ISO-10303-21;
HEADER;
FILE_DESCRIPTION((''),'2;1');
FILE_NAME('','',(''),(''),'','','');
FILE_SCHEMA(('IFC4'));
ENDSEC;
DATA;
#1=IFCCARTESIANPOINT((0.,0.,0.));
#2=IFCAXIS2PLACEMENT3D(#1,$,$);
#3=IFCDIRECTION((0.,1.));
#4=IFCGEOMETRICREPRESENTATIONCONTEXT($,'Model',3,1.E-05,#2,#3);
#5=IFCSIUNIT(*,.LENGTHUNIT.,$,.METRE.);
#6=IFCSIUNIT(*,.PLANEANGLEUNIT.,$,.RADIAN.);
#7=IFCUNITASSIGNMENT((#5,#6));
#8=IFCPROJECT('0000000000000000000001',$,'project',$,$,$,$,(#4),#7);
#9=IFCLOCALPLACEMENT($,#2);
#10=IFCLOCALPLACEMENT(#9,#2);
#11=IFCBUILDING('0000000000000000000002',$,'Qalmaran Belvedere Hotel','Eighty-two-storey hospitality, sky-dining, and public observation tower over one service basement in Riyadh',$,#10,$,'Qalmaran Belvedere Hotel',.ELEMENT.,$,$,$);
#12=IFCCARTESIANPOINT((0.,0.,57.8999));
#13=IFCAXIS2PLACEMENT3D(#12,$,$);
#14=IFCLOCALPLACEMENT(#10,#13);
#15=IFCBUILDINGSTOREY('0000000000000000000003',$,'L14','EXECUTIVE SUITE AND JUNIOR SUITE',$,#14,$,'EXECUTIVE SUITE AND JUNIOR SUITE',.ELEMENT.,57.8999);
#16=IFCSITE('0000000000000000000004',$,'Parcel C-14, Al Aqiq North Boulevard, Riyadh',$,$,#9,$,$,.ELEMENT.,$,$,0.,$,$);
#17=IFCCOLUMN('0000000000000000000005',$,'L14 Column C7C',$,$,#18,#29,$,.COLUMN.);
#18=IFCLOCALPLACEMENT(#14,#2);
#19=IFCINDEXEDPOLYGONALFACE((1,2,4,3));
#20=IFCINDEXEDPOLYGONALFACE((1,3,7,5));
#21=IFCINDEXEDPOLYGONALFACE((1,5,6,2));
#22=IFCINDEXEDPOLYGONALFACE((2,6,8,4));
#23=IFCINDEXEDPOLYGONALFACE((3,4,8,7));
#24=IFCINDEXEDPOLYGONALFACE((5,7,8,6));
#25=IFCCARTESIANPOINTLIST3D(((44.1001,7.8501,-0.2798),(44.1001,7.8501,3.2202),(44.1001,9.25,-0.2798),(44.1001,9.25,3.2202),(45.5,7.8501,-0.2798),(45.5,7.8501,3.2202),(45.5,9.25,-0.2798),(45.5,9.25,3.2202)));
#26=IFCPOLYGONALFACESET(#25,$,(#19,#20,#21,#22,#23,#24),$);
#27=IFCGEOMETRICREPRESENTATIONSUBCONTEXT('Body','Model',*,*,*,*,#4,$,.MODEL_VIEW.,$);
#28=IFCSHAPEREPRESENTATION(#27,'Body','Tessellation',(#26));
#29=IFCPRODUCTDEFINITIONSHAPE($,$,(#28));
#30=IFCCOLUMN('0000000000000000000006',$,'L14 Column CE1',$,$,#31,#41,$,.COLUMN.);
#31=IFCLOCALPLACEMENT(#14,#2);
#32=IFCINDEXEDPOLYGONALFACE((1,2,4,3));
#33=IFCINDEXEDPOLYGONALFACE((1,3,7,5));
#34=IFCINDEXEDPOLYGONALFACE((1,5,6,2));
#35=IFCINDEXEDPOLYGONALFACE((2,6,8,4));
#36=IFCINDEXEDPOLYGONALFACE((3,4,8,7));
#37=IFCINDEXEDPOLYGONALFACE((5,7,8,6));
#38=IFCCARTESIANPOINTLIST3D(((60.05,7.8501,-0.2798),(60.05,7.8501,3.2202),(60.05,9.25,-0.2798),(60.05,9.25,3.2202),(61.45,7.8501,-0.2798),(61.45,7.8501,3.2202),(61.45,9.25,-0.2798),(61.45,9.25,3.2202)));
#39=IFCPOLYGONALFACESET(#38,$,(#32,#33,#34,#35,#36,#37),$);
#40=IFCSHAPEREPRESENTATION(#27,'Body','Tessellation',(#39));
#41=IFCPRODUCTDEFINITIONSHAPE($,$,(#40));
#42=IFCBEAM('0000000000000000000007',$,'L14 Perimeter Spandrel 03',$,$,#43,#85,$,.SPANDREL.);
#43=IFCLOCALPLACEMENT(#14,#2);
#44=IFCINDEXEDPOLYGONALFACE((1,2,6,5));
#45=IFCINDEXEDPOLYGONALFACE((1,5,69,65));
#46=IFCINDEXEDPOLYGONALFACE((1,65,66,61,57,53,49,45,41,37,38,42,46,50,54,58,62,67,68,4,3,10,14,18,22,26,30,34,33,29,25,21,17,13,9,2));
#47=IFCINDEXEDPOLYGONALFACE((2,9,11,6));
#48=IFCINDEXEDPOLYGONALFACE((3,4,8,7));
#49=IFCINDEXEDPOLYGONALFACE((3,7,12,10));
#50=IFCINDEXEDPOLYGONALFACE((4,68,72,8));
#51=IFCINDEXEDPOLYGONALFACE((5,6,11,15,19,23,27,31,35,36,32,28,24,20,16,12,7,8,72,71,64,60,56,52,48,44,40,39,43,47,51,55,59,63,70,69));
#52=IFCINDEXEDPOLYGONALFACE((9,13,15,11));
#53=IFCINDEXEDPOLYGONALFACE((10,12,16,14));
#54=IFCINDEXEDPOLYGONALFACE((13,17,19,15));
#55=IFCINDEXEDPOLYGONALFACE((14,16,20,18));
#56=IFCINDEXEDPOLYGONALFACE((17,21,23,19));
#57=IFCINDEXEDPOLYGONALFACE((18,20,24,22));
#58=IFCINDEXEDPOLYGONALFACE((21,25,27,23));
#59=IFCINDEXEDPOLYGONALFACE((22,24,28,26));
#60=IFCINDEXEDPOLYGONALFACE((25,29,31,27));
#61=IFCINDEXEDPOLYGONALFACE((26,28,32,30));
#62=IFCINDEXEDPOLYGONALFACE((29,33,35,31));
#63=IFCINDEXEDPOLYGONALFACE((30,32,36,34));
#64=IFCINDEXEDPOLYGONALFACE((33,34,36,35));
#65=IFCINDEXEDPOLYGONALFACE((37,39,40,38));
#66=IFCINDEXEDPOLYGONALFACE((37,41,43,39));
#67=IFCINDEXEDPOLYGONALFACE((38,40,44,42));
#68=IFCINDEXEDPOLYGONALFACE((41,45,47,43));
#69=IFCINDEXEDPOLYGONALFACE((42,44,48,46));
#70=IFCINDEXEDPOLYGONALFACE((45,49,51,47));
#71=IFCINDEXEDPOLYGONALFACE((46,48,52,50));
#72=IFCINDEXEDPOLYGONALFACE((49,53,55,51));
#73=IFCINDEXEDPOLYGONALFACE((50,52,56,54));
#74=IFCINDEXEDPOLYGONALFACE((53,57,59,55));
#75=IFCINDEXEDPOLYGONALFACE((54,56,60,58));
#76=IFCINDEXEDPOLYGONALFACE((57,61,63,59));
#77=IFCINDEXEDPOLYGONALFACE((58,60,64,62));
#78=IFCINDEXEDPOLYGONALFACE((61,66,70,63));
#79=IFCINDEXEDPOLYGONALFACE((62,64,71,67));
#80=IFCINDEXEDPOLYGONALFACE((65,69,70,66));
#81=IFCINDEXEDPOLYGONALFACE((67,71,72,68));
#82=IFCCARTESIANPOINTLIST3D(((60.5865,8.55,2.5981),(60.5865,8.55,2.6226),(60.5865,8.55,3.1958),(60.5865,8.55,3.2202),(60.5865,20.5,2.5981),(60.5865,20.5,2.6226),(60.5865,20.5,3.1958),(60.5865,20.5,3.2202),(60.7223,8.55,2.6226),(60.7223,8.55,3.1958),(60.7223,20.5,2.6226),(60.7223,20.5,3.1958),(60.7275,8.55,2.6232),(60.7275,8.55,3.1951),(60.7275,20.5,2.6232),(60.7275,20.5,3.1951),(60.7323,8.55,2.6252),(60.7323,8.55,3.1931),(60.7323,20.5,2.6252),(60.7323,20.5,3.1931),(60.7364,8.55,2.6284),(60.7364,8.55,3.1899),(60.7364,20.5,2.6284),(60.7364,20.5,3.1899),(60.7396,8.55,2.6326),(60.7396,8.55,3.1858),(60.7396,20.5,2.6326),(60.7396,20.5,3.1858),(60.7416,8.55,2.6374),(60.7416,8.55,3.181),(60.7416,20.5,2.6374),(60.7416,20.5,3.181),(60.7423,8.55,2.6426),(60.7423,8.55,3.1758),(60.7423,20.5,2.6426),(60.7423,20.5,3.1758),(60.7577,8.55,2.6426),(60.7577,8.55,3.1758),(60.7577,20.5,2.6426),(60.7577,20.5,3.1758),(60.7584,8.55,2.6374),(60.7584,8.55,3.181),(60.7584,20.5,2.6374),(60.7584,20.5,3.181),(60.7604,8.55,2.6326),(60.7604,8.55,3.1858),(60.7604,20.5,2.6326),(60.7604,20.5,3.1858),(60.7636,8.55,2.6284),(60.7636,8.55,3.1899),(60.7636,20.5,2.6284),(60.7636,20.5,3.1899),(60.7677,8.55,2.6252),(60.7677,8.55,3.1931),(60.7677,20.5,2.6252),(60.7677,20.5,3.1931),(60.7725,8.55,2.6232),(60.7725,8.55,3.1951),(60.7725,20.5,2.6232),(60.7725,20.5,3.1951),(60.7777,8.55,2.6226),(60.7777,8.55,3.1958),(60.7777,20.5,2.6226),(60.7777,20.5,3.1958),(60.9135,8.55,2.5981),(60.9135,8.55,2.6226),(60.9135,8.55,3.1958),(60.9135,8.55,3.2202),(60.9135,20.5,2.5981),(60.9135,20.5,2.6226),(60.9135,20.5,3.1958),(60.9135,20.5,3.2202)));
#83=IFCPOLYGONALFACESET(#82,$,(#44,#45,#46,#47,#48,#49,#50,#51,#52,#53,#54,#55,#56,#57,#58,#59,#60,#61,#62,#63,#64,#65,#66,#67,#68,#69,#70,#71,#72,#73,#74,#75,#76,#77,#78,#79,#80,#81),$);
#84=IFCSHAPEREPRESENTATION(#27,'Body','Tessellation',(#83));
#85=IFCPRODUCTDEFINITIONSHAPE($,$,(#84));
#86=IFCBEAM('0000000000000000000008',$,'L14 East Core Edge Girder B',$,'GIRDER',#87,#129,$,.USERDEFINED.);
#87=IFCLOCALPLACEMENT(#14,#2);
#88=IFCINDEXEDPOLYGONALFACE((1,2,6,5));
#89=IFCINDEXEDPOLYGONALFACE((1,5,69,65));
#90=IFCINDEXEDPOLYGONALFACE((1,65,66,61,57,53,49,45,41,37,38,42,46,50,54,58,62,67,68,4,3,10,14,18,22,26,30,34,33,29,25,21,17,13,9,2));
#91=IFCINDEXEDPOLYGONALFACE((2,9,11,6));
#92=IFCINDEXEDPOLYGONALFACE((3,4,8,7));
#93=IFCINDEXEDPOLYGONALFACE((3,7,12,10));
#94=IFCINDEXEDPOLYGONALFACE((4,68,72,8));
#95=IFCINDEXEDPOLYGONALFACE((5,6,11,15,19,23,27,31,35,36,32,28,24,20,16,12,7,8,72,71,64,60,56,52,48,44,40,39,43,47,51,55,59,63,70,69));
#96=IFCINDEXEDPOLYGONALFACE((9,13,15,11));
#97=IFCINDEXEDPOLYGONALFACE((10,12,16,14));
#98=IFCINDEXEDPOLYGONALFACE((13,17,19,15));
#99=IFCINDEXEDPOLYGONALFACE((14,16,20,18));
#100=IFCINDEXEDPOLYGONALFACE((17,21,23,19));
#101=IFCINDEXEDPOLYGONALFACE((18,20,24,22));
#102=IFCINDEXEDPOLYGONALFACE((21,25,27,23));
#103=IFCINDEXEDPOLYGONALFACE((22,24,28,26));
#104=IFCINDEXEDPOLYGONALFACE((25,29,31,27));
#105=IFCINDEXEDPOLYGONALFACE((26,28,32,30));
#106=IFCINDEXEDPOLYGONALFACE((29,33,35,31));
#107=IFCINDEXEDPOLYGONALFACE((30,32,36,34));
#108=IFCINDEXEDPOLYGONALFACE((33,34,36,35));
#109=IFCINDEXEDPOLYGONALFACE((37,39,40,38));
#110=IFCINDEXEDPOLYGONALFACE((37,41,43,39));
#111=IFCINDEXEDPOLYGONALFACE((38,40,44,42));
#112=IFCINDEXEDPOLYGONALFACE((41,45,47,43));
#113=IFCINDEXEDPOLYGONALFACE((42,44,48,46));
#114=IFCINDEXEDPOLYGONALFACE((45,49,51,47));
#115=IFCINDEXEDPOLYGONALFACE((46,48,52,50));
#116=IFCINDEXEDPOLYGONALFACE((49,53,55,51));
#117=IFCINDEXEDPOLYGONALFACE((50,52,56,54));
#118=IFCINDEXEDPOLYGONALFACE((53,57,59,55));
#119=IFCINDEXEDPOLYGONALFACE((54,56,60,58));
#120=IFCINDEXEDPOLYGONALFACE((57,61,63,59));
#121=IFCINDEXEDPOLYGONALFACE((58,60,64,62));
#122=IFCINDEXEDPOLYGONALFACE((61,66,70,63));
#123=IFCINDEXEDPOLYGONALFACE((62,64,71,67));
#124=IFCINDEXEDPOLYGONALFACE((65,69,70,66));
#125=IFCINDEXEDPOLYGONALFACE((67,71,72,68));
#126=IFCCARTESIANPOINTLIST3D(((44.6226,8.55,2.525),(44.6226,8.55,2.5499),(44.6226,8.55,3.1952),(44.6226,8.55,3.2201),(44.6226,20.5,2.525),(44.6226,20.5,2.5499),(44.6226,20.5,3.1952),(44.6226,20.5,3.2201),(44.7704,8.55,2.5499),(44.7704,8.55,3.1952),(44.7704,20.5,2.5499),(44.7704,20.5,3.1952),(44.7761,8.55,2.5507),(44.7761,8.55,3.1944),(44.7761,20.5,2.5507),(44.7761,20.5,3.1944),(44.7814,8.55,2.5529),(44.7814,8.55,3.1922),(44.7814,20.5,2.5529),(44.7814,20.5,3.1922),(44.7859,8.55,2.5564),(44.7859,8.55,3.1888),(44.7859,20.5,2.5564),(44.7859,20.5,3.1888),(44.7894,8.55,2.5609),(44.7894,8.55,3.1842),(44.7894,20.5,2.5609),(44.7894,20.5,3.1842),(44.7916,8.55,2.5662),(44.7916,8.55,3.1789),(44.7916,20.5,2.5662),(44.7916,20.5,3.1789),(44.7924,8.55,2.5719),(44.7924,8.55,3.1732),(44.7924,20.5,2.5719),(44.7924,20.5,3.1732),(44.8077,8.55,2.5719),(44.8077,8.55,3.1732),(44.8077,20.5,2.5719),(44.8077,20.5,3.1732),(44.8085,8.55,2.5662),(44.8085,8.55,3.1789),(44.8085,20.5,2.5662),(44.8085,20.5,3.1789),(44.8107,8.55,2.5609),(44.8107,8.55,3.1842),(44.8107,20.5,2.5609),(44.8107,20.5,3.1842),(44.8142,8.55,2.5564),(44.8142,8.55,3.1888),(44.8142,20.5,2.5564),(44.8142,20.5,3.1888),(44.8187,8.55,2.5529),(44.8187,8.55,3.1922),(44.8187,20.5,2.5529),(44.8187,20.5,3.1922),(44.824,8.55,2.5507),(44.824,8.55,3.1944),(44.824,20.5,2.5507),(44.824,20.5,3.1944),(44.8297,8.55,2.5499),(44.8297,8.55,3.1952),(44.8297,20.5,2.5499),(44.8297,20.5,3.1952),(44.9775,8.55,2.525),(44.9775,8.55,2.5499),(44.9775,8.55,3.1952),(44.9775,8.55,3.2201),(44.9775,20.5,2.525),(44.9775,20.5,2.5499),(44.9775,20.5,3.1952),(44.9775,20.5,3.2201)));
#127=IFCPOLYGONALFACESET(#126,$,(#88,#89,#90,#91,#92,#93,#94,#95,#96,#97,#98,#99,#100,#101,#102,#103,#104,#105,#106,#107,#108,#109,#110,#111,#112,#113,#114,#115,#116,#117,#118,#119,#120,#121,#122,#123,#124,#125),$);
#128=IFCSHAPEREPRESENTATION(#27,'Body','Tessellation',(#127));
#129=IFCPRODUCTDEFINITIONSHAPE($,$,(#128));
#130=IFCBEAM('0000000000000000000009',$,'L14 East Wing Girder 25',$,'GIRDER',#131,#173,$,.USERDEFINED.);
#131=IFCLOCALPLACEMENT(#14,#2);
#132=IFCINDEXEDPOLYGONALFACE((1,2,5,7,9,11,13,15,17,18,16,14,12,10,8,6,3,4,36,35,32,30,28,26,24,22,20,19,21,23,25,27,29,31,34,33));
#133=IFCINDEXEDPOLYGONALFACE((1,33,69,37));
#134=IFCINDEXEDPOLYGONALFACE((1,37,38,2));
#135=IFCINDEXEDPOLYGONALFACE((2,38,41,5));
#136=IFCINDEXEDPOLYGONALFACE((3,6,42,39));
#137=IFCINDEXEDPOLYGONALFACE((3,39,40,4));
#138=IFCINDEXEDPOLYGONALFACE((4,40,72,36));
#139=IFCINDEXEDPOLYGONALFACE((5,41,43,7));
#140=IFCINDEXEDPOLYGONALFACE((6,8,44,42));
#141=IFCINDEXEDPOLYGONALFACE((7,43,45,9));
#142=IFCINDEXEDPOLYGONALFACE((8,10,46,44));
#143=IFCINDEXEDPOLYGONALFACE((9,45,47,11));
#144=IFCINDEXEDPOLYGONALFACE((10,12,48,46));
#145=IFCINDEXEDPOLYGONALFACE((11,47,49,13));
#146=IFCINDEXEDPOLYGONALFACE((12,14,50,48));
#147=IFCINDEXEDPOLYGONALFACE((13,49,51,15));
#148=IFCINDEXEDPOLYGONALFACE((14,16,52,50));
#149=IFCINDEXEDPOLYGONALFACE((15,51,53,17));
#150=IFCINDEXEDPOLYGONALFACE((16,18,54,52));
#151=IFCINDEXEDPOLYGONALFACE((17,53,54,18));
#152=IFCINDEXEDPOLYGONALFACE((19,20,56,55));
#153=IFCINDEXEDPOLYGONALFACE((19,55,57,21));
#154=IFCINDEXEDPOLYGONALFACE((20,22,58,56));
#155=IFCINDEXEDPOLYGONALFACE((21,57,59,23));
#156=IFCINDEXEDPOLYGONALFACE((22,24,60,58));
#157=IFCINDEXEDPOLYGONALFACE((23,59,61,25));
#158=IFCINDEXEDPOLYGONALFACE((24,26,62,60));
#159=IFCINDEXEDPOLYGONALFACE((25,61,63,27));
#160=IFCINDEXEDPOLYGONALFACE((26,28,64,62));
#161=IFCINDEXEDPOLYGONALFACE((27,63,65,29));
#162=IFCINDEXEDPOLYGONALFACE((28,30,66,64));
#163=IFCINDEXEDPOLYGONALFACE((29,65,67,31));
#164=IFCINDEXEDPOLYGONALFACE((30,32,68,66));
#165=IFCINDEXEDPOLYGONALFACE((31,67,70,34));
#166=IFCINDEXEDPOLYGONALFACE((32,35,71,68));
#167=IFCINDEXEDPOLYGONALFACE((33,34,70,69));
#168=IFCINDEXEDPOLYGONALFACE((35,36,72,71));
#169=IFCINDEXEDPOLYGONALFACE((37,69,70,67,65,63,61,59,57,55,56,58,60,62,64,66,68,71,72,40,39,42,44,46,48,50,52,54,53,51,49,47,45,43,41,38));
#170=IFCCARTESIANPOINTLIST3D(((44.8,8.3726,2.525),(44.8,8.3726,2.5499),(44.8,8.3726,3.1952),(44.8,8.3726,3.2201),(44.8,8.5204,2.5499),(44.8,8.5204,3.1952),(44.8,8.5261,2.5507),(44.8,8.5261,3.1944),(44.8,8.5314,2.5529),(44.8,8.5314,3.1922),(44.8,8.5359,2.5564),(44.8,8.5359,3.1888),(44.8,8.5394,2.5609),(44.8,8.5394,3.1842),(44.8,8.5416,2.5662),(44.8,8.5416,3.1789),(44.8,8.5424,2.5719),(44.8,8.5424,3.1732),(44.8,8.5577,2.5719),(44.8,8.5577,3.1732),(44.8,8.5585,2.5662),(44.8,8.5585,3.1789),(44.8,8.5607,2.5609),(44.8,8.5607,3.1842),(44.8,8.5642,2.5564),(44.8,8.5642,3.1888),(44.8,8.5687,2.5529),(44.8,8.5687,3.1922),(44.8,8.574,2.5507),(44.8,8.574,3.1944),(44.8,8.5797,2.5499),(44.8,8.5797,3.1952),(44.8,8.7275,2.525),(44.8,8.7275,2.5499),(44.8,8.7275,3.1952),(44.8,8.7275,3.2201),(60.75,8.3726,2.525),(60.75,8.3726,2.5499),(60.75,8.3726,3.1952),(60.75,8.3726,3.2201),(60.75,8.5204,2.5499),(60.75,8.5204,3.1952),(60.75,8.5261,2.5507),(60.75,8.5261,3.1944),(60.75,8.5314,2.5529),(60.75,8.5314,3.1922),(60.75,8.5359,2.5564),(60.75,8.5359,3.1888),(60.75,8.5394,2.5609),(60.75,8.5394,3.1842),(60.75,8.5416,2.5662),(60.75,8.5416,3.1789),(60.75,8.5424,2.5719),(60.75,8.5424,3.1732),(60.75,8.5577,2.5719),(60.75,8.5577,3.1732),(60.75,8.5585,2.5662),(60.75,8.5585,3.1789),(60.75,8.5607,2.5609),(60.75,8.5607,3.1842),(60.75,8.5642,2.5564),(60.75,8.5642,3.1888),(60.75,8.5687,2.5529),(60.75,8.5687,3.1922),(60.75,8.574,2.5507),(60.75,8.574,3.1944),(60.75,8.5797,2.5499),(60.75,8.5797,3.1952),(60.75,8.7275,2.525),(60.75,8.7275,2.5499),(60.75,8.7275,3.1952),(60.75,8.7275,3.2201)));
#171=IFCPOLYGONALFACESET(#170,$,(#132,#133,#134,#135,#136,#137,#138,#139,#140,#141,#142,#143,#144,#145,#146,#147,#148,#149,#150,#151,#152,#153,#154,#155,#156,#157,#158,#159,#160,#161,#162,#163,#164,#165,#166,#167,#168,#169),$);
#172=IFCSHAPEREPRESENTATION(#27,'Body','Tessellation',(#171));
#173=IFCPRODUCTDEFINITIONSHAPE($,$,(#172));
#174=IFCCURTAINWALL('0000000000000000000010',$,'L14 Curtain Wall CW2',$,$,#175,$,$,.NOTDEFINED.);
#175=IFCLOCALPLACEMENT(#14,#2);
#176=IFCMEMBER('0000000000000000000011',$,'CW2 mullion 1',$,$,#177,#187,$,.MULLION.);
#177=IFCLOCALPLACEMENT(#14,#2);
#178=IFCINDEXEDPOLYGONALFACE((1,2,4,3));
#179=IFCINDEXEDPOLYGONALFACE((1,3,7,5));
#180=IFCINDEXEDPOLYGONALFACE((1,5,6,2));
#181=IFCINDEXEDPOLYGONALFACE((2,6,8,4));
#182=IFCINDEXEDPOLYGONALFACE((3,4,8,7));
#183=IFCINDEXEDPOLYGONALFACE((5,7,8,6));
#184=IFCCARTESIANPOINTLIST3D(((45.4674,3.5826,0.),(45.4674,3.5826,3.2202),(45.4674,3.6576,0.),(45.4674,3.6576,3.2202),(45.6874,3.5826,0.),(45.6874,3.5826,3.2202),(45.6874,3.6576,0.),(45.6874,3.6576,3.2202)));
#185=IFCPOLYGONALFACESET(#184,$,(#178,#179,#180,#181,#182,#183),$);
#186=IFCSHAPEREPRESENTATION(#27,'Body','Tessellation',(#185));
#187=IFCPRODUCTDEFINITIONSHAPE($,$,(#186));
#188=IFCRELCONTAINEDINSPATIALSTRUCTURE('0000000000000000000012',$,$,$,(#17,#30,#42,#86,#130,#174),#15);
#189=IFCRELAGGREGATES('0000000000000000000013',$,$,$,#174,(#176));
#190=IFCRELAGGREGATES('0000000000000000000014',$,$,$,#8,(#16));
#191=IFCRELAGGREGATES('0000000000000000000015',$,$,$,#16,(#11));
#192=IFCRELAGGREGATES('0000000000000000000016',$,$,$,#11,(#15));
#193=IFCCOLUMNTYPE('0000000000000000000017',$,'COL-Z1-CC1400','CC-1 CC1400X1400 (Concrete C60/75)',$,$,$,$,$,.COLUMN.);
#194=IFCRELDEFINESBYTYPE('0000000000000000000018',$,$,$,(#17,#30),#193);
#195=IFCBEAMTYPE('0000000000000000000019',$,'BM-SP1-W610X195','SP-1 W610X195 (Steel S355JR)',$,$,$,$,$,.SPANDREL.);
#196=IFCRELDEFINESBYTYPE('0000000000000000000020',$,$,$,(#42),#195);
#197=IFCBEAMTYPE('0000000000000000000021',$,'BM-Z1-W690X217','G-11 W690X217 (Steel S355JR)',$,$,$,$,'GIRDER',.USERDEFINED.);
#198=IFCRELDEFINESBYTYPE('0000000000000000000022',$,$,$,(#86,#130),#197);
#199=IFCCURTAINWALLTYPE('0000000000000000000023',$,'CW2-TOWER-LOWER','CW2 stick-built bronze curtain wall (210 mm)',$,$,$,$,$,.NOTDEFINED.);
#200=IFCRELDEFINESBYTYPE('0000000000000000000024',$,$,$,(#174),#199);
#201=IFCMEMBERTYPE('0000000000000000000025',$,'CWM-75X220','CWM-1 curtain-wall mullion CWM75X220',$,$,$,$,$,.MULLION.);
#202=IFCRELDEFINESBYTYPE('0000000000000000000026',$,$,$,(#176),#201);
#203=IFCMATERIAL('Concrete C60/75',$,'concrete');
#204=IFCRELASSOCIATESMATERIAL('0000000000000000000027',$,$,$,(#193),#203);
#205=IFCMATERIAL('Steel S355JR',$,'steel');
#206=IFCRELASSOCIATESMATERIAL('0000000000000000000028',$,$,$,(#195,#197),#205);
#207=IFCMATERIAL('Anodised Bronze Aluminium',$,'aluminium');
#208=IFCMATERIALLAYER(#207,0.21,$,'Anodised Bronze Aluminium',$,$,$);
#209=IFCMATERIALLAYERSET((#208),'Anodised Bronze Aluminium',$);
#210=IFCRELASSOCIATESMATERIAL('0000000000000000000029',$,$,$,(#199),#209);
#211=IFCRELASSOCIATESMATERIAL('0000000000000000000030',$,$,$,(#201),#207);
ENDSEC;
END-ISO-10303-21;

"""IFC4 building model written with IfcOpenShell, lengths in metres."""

from ifc_helpers import new_model, si_unit, direction, frame, origin, origin_2d, place, context, subcontext, project, spatial, rectangle, i_section, extrude, material, layer, layer_set, material_profile, profile_set, type_object, element, aggregate, save


model = new_model("IFC4")

# Units and contexts
model_context = context("Model", 3, precision=1e-05, world=origin(), true_north=direction((0.0, 1.0)))
body_context = subcontext(model_context, "Body", "Model", "MODEL_VIEW")
ifc_project = project(units=[si_unit("LENGTHUNIT", "METRE"), si_unit("PLANEANGLEUNIT", "RADIAN")], contexts=[model_context])

# Site, building, storey
site_placement = place(None, origin())
site = spatial("IfcSite", under=ifc_project, at=site_placement, Name="Parcel C-14, Al Aqiq North Boulevard, Riyadh", CompositionType="ELEMENT", RefElevation=0.0)
building_placement = place(site_placement, origin())
building = spatial("IfcBuilding", under=site, at=building_placement, Name="Qalmaran Belvedere Hotel", Description="Eighty-two-storey hospitality, sky-dining, and public observation tower over one service basement in Riyadh", LongName="Qalmaran Belvedere Hotel", CompositionType="ELEMENT")
storey_placement = place(building_placement, frame((0.0, 0.0, 57.8999)))
storey = spatial("IfcBuildingStorey", under=building, at=storey_placement, Name="L14", Description="EXECUTIVE SUITE AND JUNIOR SUITE", LongName="EXECUTIVE SUITE AND JUNIOR SUITE", CompositionType="ELEMENT", Elevation=57.8999)

# Columns
ifc_material_1 = material(Name="Concrete C60/75", Category="concrete")
ifc_material_profile_1 = material_profile(ifc_material_1, rectangle(XDim=1.3999, YDim=1.3999, at=origin_2d()), Name="CC1400X1400")
ifc_profile_set_1 = profile_set([ifc_material_profile_1], Name="Concrete C60/75")
column_type = type_object("IfcColumnType", Name="COL-Z1-CC1400", Description="CC-1 CC1400X1400 (Concrete C60/75)", PredefinedType="COLUMN", material=ifc_profile_set_1)
for number, where, z_axis, x_axis, name in (
    (1, (44.8, 8.55, -0.2798), (0.0, 0.0, 1.0), (1.0, 0.0, 0.0), "L14 Column C7C"),
    (2, (60.75, 8.55, -0.2798), (0.0, 0.0, 1.0), (1.0, 0.0, 0.0), "L14 Column CE1"),
):
    element("IfcColumn", number, at=place(storey_placement, frame(where, z_axis=z_axis, x_axis=x_axis)), inside=storey, type_object=column_type, Name=name, PredefinedType="COLUMN", context=body_context, shape_type="SweptSolid", body=[
        extrude(rectangle(XDim=1.3999, YDim=1.3999, at=origin_2d()), origin(), (0.0, 0.0, 1.0), 3.5),
    ])

# Beams
ifc_material_2 = material(Name="Steel S355JR", Category="steel")
ifc_material_profile_2 = material_profile(ifc_material_2, i_section(OverallWidth=0.3269, OverallDepth=0.6221, WebThickness=0.0154, FlangeThickness=0.0244, FilletRadius=0.02, at=origin_2d()), Name="W610X195")
ifc_profile_set_2 = profile_set([ifc_material_profile_2], Name="Steel S355JR")
beam_type_1 = type_object("IfcBeamType", Name="BM-SP1-W610X195", Description="SP-1 W610X195 (Steel S355JR)", PredefinedType="SPANDREL", material=ifc_profile_set_2)
beam_1_placement = place(storey_placement, frame((60.75, 8.55, 2.9092), z_axis=(0.0, 1.0, 0.0), x_axis=(-1.0, 0.0, 0.0)))
element("IfcBeam", 3, at=beam_1_placement, inside=storey, type_object=beam_type_1, Name="L14 Perimeter Spandrel 03", PredefinedType="SPANDREL", context=body_context, shape_type="SweptSolid", body=[
    extrude(i_section(OverallWidth=0.3269, OverallDepth=0.6221, WebThickness=0.0154, FlangeThickness=0.0244, FilletRadius=0.02, at=origin_2d()), origin(), (0.0, 0.0, 1.0), 11.95),
])
ifc_material_profile_3 = material_profile(ifc_material_2, i_section(OverallWidth=0.355, OverallDepth=0.6951, WebThickness=0.0154, FlangeThickness=0.0249, FilletRadius=0.022, at=origin_2d()), Name="W690X217")
ifc_profile_set_3 = profile_set([ifc_material_profile_3], Name="Steel S355JR")
beam_type_2 = type_object("IfcBeamType", Name="BM-Z1-W690X217", Description="G-11 W690X217 (Steel S355JR)", ElementType="GIRDER", PredefinedType="USERDEFINED", material=ifc_profile_set_3)
beam_2_placement = place(storey_placement, frame((44.8, 8.55, 2.8726), z_axis=(0.0, 1.0, 0.0), x_axis=(-1.0, 0.0, 0.0)))
element("IfcBeam", 4, at=beam_2_placement, inside=storey, type_object=beam_type_2, Name="L14 East Core Edge Girder B", ObjectType="GIRDER", PredefinedType="USERDEFINED", context=body_context, shape_type="SweptSolid", body=[
    extrude(i_section(OverallWidth=0.355, OverallDepth=0.6951, WebThickness=0.0154, FlangeThickness=0.0249, FilletRadius=0.022, at=origin_2d()), origin(), (0.0, 0.0, 1.0), 11.95),
])
beam_3_placement = place(storey_placement, frame((44.8, 8.55, 2.8726), z_axis=(1.0, 0.0, 0.0), x_axis=(0.0, 1.0, 0.0)))
element("IfcBeam", 5, at=beam_3_placement, inside=storey, type_object=beam_type_2, Name="L14 East Wing Girder 25", ObjectType="GIRDER", PredefinedType="USERDEFINED", context=body_context, shape_type="SweptSolid", body=[
    extrude(i_section(OverallWidth=0.355, OverallDepth=0.6951, WebThickness=0.0154, FlangeThickness=0.0249, FilletRadius=0.022, at=origin_2d()), origin(), (0.0, 0.0, 1.0), 15.95),
])

# Curtain wall, member
ifc_material_3 = material(Name="Anodised Bronze Aluminium", Category="aluminium")
ifc_layer_1 = layer(ifc_material_3, 0.21, Name="Anodised Bronze Aluminium")
ifc_layer_set_1 = layer_set([ifc_layer_1], Name="Anodised Bronze Aluminium")
curtain_wall_type = type_object("IfcCurtainWallType", Name="CW2-TOWER-LOWER", Description="CW2 stick-built bronze curtain wall (210 mm)", PredefinedType="NOTDEFINED", material=ifc_layer_set_1)
curtain_wall_1_placement = place(storey_placement, origin())
curtain_wall_1 = element("IfcCurtainWall", 6, at=curtain_wall_1_placement, inside=storey, type_object=curtain_wall_type, Name="L14 Curtain Wall CW2", PredefinedType="NOTDEFINED")
ifc_material_profile_4 = material_profile(ifc_material_3, rectangle(XDim=0.075, YDim=0.22, at=origin_2d()), Name="CWM75X220")
ifc_profile_set_4 = profile_set([ifc_material_profile_4], Name="Anodised Bronze Aluminium")
member_type_1 = type_object("IfcMemberType", Name="CWM-75X220", Description="CWM-1 curtain-wall mullion CWM75X220", PredefinedType="MULLION", material=ifc_profile_set_4)
member_1_placement = place(storey_placement, frame((45.5774, 3.6201, 0.0), z_axis=(0.0, 0.0, 1.0), x_axis=(0.0, 1.0, 0.0)))
member_1 = element("IfcMember", 7, at=member_1_placement, type_object=member_type_1, Name="CW2 mullion 1", PredefinedType="MULLION", context=body_context, shape_type="SweptSolid", body=[
    extrude(rectangle(XDim=0.075, YDim=0.22, at=origin_2d()), origin(), (0.0, 0.0, 1.0), 3.2202),
])

aggregate(curtain_wall_1, [member_1])

save(model, "model.ifc")
